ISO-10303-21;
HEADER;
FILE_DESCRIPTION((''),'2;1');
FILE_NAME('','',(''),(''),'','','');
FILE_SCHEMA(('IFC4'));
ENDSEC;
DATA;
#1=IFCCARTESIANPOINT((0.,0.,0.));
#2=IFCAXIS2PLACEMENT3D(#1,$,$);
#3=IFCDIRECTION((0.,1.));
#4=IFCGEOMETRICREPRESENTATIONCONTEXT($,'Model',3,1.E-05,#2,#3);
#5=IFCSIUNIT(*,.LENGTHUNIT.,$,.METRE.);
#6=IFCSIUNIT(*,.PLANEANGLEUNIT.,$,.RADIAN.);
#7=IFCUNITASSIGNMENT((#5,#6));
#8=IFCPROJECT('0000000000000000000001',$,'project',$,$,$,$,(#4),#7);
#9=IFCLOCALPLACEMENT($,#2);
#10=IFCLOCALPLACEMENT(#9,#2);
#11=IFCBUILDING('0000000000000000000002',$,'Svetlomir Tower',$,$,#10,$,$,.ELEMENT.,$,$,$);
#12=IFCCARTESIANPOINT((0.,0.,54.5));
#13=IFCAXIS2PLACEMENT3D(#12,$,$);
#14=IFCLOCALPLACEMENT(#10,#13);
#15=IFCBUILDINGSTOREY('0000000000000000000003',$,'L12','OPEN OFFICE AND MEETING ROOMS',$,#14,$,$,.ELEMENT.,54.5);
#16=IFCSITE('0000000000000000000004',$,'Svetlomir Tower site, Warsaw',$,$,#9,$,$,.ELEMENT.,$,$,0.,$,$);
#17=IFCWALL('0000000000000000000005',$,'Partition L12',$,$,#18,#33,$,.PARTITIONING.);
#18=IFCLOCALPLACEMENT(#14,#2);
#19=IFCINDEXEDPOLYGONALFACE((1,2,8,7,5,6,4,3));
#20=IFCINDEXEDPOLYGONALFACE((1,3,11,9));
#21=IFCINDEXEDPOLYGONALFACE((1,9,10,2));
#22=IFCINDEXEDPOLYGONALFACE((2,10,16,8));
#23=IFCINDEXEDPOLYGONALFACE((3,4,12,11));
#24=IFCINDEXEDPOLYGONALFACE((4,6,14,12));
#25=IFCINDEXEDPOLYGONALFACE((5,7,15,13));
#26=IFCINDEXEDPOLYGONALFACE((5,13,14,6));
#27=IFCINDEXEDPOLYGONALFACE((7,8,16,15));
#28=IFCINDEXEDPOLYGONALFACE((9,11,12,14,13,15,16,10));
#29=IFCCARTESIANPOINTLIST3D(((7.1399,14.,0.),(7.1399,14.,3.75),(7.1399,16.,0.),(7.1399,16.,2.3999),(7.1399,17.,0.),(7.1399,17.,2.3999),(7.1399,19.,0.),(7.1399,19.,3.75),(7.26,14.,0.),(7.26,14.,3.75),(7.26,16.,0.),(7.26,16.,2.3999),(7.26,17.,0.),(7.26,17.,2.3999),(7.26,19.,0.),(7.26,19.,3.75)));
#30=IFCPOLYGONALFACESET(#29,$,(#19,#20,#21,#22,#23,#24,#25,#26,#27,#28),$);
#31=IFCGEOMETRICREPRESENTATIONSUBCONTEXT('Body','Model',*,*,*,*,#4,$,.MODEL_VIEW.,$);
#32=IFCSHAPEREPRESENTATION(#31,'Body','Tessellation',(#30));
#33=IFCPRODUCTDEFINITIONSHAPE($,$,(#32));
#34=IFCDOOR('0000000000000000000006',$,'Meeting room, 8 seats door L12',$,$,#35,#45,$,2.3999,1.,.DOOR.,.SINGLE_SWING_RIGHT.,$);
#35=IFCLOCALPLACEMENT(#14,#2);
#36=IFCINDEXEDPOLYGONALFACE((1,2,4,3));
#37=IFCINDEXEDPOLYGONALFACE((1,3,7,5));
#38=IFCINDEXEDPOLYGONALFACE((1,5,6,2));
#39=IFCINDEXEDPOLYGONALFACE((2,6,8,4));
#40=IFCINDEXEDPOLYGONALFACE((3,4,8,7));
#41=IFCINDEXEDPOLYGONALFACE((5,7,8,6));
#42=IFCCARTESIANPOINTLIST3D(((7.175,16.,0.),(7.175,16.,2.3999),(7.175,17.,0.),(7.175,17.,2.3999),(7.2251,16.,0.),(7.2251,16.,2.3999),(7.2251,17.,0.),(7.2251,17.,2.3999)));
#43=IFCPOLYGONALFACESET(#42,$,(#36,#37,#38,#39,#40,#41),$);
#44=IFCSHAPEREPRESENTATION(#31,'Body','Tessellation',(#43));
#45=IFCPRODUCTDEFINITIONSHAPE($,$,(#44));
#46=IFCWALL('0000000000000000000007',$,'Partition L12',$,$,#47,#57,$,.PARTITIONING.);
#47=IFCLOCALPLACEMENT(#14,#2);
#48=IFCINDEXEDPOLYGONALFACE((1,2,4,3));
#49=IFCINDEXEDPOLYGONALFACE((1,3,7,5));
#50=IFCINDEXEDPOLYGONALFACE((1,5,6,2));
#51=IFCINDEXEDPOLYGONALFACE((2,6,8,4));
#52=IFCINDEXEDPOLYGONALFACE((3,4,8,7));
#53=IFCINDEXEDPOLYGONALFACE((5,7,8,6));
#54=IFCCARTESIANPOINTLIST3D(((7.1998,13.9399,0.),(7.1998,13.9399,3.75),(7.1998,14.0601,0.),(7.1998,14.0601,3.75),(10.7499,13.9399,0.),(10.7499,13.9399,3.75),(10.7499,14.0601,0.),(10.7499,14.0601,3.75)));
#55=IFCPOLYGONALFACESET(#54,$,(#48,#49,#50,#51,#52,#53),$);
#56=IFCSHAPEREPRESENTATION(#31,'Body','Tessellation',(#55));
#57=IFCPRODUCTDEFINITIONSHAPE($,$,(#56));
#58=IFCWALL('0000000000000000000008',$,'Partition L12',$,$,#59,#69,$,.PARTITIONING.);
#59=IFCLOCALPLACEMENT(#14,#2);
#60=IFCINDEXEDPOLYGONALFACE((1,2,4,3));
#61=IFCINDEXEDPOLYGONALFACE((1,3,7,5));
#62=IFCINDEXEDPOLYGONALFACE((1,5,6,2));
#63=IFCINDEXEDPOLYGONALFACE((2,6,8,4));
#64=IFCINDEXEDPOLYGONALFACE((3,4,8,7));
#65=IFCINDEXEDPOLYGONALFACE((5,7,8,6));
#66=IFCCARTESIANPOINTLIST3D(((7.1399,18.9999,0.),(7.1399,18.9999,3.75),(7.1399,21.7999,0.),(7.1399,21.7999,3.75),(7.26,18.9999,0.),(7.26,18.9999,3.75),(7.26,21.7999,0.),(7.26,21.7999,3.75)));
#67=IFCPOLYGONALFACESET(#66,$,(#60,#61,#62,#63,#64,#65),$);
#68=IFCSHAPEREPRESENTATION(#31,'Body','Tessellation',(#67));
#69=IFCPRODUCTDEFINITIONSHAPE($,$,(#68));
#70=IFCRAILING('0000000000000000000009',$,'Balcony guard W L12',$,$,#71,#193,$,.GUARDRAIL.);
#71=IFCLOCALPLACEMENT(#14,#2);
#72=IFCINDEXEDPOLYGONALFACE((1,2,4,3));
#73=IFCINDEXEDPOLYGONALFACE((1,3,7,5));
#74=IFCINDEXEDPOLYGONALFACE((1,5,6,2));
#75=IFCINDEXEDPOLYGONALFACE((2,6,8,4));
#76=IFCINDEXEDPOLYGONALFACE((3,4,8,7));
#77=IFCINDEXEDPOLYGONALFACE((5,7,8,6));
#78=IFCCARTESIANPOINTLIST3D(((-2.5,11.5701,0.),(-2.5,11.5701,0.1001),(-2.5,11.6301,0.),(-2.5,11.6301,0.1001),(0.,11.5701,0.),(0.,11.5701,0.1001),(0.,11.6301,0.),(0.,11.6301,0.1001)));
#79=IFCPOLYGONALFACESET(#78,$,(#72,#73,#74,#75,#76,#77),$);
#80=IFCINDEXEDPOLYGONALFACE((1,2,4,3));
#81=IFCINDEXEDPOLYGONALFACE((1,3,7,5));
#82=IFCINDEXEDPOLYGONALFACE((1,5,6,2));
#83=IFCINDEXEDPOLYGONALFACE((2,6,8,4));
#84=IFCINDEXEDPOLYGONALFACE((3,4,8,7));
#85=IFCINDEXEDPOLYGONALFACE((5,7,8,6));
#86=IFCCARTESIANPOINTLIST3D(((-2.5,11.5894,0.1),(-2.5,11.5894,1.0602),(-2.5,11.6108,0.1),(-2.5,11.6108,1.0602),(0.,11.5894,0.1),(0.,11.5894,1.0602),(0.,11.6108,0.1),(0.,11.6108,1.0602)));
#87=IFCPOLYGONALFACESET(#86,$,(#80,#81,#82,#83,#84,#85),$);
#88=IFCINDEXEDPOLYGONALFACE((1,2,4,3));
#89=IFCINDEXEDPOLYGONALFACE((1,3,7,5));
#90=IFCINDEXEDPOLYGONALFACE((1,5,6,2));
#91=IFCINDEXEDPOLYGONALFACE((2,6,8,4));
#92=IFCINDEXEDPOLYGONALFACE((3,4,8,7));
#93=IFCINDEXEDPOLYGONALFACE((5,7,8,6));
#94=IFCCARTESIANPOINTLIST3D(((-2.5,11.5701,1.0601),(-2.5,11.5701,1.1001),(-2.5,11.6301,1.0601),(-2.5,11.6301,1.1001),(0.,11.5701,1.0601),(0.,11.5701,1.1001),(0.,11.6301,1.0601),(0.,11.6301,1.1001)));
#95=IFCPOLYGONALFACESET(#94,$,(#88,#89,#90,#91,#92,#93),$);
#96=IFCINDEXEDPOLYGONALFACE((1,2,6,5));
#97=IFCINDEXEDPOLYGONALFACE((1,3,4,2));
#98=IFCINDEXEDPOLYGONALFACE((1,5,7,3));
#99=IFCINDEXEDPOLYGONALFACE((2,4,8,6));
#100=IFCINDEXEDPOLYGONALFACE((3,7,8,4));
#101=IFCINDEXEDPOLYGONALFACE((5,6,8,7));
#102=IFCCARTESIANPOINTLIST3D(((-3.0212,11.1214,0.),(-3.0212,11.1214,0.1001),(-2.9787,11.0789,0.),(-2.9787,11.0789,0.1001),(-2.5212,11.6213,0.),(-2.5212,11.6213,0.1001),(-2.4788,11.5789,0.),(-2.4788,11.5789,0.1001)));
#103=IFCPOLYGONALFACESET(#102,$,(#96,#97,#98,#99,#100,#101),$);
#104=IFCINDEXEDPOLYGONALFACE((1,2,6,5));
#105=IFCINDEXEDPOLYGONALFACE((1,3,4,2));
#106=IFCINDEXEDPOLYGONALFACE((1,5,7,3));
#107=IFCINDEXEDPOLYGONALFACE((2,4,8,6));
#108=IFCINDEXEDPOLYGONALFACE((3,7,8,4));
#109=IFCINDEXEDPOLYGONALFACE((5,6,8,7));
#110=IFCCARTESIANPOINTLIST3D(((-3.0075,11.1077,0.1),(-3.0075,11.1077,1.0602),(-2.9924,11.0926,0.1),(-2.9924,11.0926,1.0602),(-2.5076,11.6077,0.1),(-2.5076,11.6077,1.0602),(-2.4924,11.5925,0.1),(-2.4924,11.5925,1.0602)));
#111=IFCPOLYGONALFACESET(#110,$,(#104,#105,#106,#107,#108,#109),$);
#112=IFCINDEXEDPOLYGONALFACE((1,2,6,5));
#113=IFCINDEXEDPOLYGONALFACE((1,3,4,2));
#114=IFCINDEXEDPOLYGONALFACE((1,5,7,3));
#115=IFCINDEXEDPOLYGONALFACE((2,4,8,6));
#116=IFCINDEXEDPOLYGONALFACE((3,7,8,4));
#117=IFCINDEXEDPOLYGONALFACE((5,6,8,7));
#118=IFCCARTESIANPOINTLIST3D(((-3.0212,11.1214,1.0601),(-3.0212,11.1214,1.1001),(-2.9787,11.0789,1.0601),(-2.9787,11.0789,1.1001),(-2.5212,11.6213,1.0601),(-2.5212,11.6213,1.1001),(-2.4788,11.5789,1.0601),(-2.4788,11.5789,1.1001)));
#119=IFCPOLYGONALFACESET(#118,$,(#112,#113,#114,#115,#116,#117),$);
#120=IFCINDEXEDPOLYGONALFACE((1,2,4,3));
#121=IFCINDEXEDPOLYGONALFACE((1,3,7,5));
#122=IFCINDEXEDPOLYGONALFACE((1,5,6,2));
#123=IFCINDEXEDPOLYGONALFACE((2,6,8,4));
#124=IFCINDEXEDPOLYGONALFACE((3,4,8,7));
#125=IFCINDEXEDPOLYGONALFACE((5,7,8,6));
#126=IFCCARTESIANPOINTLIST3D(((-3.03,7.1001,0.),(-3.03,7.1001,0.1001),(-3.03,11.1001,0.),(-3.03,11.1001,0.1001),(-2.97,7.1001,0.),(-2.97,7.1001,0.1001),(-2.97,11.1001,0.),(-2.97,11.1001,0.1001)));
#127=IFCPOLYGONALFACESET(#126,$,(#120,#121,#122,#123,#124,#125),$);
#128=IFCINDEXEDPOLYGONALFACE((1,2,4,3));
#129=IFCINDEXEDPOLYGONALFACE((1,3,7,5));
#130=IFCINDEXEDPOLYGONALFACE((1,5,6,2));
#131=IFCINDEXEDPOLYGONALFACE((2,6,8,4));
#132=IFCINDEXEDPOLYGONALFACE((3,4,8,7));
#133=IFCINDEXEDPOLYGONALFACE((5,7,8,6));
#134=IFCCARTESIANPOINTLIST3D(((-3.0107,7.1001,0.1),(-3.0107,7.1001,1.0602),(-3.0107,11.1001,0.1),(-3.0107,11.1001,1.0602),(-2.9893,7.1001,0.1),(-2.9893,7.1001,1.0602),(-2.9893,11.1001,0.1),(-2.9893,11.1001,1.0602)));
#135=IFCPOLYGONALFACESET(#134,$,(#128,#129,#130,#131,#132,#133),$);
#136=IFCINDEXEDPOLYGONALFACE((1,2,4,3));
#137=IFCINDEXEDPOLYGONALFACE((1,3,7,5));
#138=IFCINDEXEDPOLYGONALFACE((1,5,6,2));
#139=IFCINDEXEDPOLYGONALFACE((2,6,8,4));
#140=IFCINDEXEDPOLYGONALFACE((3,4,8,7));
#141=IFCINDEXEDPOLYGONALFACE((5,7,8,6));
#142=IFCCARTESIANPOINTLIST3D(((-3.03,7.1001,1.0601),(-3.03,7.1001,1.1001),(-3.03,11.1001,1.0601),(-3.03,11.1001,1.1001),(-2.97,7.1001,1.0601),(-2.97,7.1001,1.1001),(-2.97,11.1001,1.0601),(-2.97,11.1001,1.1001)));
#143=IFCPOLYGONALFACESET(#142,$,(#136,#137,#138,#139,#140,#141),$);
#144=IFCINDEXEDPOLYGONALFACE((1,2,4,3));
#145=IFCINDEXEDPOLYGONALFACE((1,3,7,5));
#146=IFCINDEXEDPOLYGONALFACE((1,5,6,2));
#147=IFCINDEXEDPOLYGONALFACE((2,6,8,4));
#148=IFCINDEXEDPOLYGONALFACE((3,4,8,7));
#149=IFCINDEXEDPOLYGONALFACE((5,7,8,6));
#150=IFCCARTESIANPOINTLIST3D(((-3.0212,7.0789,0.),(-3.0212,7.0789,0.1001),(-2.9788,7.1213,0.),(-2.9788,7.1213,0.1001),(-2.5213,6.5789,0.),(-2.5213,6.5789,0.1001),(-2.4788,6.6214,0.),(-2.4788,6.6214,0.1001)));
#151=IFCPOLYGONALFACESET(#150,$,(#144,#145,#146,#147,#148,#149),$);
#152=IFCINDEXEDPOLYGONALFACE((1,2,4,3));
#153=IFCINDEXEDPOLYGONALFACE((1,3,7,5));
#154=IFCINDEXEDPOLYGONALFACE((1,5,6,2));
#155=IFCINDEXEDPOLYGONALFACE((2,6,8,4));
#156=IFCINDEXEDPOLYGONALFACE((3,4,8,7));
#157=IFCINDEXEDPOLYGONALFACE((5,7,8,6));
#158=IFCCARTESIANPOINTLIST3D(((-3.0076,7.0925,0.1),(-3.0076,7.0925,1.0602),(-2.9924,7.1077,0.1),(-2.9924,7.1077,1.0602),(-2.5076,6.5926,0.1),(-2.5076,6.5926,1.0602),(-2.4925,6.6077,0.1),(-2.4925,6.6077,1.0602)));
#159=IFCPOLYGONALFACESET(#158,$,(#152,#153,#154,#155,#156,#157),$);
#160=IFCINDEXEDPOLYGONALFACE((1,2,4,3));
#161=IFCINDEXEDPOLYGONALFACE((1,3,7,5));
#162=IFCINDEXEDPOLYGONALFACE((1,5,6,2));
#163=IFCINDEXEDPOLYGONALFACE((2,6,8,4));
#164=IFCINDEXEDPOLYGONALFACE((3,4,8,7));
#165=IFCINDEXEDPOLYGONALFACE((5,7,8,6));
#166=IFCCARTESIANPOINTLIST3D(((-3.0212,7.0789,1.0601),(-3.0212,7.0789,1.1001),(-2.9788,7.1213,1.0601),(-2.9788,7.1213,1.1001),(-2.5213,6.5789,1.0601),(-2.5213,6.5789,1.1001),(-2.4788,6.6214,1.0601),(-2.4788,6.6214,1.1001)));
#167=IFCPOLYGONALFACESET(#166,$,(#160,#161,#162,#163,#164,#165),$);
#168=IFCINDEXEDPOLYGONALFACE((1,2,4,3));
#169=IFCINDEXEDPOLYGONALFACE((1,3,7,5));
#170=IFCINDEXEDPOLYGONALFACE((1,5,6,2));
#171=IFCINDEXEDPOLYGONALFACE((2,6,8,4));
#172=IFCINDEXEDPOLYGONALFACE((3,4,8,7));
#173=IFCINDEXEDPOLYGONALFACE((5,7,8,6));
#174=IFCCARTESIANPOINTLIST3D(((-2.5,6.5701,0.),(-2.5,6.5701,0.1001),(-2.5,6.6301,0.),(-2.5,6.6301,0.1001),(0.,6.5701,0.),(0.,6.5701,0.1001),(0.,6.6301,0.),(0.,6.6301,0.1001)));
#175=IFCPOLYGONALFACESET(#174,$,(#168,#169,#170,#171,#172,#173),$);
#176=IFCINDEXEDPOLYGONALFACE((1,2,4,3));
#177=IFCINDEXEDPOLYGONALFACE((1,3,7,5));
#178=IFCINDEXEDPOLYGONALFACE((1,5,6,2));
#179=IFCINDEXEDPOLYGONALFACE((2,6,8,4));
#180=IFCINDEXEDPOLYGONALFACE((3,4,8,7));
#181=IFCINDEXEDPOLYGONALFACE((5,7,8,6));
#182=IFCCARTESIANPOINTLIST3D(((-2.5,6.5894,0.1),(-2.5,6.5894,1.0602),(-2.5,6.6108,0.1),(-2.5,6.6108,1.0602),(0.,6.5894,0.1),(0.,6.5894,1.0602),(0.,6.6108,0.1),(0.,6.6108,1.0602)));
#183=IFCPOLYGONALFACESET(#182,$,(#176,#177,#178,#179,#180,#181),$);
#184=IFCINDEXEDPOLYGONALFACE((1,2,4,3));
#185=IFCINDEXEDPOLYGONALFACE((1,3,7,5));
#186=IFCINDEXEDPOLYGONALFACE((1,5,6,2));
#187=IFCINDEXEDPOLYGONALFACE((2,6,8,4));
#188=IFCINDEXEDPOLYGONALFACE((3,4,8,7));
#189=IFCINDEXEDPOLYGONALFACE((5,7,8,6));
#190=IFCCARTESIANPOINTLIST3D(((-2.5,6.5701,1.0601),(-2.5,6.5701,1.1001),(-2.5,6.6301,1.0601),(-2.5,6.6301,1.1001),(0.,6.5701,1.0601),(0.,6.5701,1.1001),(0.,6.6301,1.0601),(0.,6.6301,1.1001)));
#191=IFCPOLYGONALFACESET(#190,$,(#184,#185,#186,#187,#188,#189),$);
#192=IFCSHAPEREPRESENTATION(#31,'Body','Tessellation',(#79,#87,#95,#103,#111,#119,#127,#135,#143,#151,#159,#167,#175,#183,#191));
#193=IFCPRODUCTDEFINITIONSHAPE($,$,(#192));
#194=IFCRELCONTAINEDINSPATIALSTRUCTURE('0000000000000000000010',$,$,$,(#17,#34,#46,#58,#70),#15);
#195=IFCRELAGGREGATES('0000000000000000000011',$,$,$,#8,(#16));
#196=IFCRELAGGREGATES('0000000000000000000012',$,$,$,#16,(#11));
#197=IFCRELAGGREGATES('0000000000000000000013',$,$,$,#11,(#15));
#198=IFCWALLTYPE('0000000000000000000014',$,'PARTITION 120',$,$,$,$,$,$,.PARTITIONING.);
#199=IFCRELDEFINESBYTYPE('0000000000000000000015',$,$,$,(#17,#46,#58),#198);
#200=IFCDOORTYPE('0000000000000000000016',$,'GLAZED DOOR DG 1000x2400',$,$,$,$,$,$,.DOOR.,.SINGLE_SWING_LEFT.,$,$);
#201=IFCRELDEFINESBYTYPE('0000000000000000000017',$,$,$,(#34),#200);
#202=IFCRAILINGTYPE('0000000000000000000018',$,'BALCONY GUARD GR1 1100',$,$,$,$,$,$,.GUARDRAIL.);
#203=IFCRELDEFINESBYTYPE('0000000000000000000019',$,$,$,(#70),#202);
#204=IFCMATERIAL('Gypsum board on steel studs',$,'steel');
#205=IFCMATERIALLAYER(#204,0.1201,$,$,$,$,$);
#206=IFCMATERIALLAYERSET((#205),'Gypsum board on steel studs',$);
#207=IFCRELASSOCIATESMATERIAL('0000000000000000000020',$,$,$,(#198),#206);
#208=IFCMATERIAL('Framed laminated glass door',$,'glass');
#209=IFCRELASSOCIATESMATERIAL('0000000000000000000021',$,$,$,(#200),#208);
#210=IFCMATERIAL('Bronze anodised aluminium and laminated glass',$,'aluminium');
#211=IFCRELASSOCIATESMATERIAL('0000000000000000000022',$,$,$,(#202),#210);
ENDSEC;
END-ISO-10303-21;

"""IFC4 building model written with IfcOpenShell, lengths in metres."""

from ifc_helpers import new_model, si_unit, direction, frame, frame_2d, origin, origin_2d, place, context, subcontext, project, spatial, rectangle, extrude, material, layer, layer_set, type_object, element, fill, save


model = new_model("IFC4")

# Units and contexts
model_context = context("Model", 3, precision=1e-05, world=origin(), true_north=direction((0.0, 1.0)))
body_context = subcontext(model_context, "Body", "Model", "MODEL_VIEW")
ifc_project = project(units=[si_unit("LENGTHUNIT", "METRE"), si_unit("PLANEANGLEUNIT", "RADIAN")], contexts=[model_context])

# Site, building, storey
site_placement = place(None, origin())
site = spatial("IfcSite", under=ifc_project, at=site_placement, Name="Svetlomir Tower site, Warsaw", CompositionType="ELEMENT", RefElevation=0.0)
building_placement = place(site_placement, origin())
building = spatial("IfcBuilding", under=site, at=building_placement, Name="Svetlomir Tower", CompositionType="ELEMENT")
storey_placement = place(building_placement, frame((0.0, 0.0, 54.5)))
storey = spatial("IfcBuildingStorey", under=building, at=storey_placement, Name="L12", Description="OPEN OFFICE AND MEETING ROOMS", CompositionType="ELEMENT", Elevation=54.5)

# Wall, opening, door
ifc_material_1 = material(Name="Gypsum board on steel studs", Category="steel")
ifc_layer_1 = layer(ifc_material_1, 0.1201)
ifc_layer_set_1 = layer_set([ifc_layer_1], Name="Gypsum board on steel studs")
wall_type_1 = type_object("IfcWallType", Name="PARTITION 120", PredefinedType="PARTITIONING", material=ifc_layer_set_1)
ifc_material_2 = material(Name="Framed laminated glass door", Category="glass")
door_type_1 = type_object("IfcDoorType", Name="GLAZED DOOR DG 1000x2400", OperationType="SINGLE_SWING_LEFT", PredefinedType="DOOR", material=ifc_material_2)
wall_1_placement = place(storey_placement, frame((7.2, 14.0, 0.0), z_axis=(0.0, 0.0, 1.0), x_axis=(0.0, 1.0, 0.0)))
wall_1 = element("IfcWall", 1, at=wall_1_placement, inside=storey, type_object=wall_type_1, Name="Partition L12", PredefinedType="PARTITIONING", context=body_context, shape_type="SweptSolid", body=[
    extrude(rectangle(XDim=5.0, YDim=0.1201, at=frame_2d((2.5, 0.0))), origin(), (0.0, 0.0, 1.0), 3.75),
])
opening_1_placement = place(wall_1_placement, frame((2.0, 0.0, 0.0)))
opening_1 = element("IfcOpeningElement", 2, at=opening_1_placement, cuts=wall_1, PredefinedType="OPENING", context=body_context, shape_type="SweptSolid", body=[
    extrude(rectangle(XDim=1.0, YDim=2.3999, at=frame_2d((0.5, 1.2))), frame((0.0, 0.0701, 0.0), z_axis=(0.0, -1.0, 0.0), x_axis=(1.0, 0.0, 0.0)), (0.0, 0.0, 1.0), 0.1401),
])
door_1_placement = place(opening_1_placement, origin())
door_1 = element("IfcDoor", 3, at=door_1_placement, inside=storey, type_object=door_type_1, Name="Meeting room, 8 seats door L12", OperationType="SINGLE_SWING_RIGHT", OverallHeight=2.3999, OverallWidth=1.0, PredefinedType="DOOR", context=body_context, shape_type="SweptSolid", body=[
    extrude(rectangle(XDim=1.0, YDim=2.3999, at=frame_2d((0.5, 1.2))), frame((0.0, 0.0249, 0.0), z_axis=(0.0, -1.0, 0.0), x_axis=(1.0, 0.0, 0.0)), (0.0, 0.0, 1.0), 0.05),
])
fill(opening_1, door_1)

# Walls
wall_2_placement = place(storey_placement, frame((7.2, 14.0, 0.0), z_axis=(0.0, 0.0, 1.0), x_axis=(1.0, 0.0, 0.0)))
element("IfcWall", 4, at=wall_2_placement, inside=storey, type_object=wall_type_1, Name="Partition L12", PredefinedType="PARTITIONING", context=body_context, shape_type="SweptSolid", body=[
    extrude(rectangle(XDim=3.55, YDim=0.1201, at=frame_2d((1.7749, 0.0))), origin(), (0.0, 0.0, 1.0), 3.75),
])
wall_3_placement = place(storey_placement, frame((7.2, 19.0, 0.0), z_axis=(0.0, 0.0, 1.0), x_axis=(0.0, 1.0, 0.0)))
element("IfcWall", 5, at=wall_3_placement, inside=storey, type_object=wall_type_1, Name="Partition L12", PredefinedType="PARTITIONING", context=body_context, shape_type="SweptSolid", body=[
    extrude(rectangle(XDim=2.8, YDim=0.1201, at=frame_2d((1.3999, 0.0))), origin(), (0.0, 0.0, 1.0), 3.75),
])

# Railing
ifc_material_3 = material(Name="Bronze anodised aluminium and laminated glass", Category="aluminium")
railing_type_1 = type_object("IfcRailingType", Name="BALCONY GUARD GR1 1100", PredefinedType="GUARDRAIL", material=ifc_material_3)
railing_1_placement = place(storey_placement, frame((0.0, 11.6001, 0.0)))
element("IfcRailing", 6, at=railing_1_placement, inside=storey, type_object=railing_type_1, Name="Balcony guard W L12", PredefinedType="GUARDRAIL", context=body_context, shape_type="SweptSolid", body=[
    extrude(rectangle(XDim=0.0601, YDim=0.1001, at=origin_2d()), frame((0.0, 0.0, 0.05), z_axis=(-1.0, 0.0, 0.0), x_axis=(0.0, -1.0, 0.0)), (0.0, 0.0, 1.0), 2.5),
    extrude(rectangle(XDim=0.0215, YDim=0.9602, at=origin_2d()), frame((0.0, 0.0, 0.5801), z_axis=(-1.0, 0.0, 0.0), x_axis=(0.0, -1.0, 0.0)), (0.0, 0.0, 1.0), 2.5),
    extrude(rectangle(XDim=0.0601, YDim=0.04, at=origin_2d()), frame((0.0, 0.0, 1.0801), z_axis=(-1.0, 0.0, 0.0), x_axis=(0.0, -1.0, 0.0)), (0.0, 0.0, 1.0), 2.5),
    extrude(rectangle(XDim=0.0601, YDim=0.1001, at=origin_2d()), frame((-2.5, 0.0, 0.05), z_axis=(-0.707107, -0.707107, 0.0), x_axis=(0.707107, -0.707107, 0.0)), (0.0, 0.0, 1.0), 0.707),
    extrude(rectangle(XDim=0.0215, YDim=0.9602, at=origin_2d()), frame((-2.5, 0.0, 0.5801), z_axis=(-0.707107, -0.707107, 0.0), x_axis=(0.707107, -0.707107, 0.0)), (0.0, 0.0, 1.0), 0.707),
    extrude(rectangle(XDim=0.0601, YDim=0.04, at=origin_2d()), frame((-2.5, 0.0, 1.0801), z_axis=(-0.707107, -0.707107, 0.0), x_axis=(0.707107, -0.707107, 0.0)), (0.0, 0.0, 1.0), 0.707),
    extrude(rectangle(XDim=0.0601, YDim=0.1001, at=origin_2d()), frame((-3.0, -0.5, 0.05), z_axis=(0.0, -1.0, 0.0), x_axis=(1.0, 0.0, 0.0)), (0.0, 0.0, 1.0), 4.0),
    extrude(rectangle(XDim=0.0215, YDim=0.9602, at=origin_2d()), frame((-3.0, -0.5, 0.5801), z_axis=(0.0, -1.0, 0.0), x_axis=(1.0, 0.0, 0.0)), (0.0, 0.0, 1.0), 4.0),
    extrude(rectangle(XDim=0.0601, YDim=0.04, at=origin_2d()), frame((-3.0, -0.5, 1.0801), z_axis=(0.0, -1.0, 0.0), x_axis=(1.0, 0.0, 0.0)), (0.0, 0.0, 1.0), 4.0),
    extrude(rectangle(XDim=0.0601, YDim=0.1001, at=origin_2d()), frame((-3.0, -4.5, 0.05), z_axis=(0.707107, -0.707107, 0.0), x_axis=(0.707107, 0.707107, 0.0)), (0.0, 0.0, 1.0), 0.707),
    extrude(rectangle(XDim=0.0215, YDim=0.9602, at=origin_2d()), frame((-3.0, -4.5, 0.5801), z_axis=(0.707107, -0.707107, 0.0), x_axis=(0.707107, 0.707107, 0.0)), (0.0, 0.0, 1.0), 0.707),
    extrude(rectangle(XDim=0.0601, YDim=0.04, at=origin_2d()), frame((-3.0, -4.5, 1.0801), z_axis=(0.707107, -0.707107, 0.0), x_axis=(0.707107, 0.707107, 0.0)), (0.0, 0.0, 1.0), 0.707),
    extrude(rectangle(XDim=0.0601, YDim=0.1001, at=origin_2d()), frame((-2.5, -5.0, 0.05), z_axis=(1.0, 0.0, 0.0), x_axis=(0.0, 1.0, 0.0)), (0.0, 0.0, 1.0), 2.5),
    extrude(rectangle(XDim=0.0215, YDim=0.9602, at=origin_2d()), frame((-2.5, -5.0, 0.5801), z_axis=(1.0, 0.0, 0.0), x_axis=(0.0, 1.0, 0.0)), (0.0, 0.0, 1.0), 2.5),
    extrude(rectangle(XDim=0.0601, YDim=0.04, at=origin_2d()), frame((-2.5, -5.0, 1.0801), z_axis=(1.0, 0.0, 0.0), x_axis=(0.0, 1.0, 0.0)), (0.0, 0.0, 1.0), 2.5),
])

save(model, "model.ifc")
